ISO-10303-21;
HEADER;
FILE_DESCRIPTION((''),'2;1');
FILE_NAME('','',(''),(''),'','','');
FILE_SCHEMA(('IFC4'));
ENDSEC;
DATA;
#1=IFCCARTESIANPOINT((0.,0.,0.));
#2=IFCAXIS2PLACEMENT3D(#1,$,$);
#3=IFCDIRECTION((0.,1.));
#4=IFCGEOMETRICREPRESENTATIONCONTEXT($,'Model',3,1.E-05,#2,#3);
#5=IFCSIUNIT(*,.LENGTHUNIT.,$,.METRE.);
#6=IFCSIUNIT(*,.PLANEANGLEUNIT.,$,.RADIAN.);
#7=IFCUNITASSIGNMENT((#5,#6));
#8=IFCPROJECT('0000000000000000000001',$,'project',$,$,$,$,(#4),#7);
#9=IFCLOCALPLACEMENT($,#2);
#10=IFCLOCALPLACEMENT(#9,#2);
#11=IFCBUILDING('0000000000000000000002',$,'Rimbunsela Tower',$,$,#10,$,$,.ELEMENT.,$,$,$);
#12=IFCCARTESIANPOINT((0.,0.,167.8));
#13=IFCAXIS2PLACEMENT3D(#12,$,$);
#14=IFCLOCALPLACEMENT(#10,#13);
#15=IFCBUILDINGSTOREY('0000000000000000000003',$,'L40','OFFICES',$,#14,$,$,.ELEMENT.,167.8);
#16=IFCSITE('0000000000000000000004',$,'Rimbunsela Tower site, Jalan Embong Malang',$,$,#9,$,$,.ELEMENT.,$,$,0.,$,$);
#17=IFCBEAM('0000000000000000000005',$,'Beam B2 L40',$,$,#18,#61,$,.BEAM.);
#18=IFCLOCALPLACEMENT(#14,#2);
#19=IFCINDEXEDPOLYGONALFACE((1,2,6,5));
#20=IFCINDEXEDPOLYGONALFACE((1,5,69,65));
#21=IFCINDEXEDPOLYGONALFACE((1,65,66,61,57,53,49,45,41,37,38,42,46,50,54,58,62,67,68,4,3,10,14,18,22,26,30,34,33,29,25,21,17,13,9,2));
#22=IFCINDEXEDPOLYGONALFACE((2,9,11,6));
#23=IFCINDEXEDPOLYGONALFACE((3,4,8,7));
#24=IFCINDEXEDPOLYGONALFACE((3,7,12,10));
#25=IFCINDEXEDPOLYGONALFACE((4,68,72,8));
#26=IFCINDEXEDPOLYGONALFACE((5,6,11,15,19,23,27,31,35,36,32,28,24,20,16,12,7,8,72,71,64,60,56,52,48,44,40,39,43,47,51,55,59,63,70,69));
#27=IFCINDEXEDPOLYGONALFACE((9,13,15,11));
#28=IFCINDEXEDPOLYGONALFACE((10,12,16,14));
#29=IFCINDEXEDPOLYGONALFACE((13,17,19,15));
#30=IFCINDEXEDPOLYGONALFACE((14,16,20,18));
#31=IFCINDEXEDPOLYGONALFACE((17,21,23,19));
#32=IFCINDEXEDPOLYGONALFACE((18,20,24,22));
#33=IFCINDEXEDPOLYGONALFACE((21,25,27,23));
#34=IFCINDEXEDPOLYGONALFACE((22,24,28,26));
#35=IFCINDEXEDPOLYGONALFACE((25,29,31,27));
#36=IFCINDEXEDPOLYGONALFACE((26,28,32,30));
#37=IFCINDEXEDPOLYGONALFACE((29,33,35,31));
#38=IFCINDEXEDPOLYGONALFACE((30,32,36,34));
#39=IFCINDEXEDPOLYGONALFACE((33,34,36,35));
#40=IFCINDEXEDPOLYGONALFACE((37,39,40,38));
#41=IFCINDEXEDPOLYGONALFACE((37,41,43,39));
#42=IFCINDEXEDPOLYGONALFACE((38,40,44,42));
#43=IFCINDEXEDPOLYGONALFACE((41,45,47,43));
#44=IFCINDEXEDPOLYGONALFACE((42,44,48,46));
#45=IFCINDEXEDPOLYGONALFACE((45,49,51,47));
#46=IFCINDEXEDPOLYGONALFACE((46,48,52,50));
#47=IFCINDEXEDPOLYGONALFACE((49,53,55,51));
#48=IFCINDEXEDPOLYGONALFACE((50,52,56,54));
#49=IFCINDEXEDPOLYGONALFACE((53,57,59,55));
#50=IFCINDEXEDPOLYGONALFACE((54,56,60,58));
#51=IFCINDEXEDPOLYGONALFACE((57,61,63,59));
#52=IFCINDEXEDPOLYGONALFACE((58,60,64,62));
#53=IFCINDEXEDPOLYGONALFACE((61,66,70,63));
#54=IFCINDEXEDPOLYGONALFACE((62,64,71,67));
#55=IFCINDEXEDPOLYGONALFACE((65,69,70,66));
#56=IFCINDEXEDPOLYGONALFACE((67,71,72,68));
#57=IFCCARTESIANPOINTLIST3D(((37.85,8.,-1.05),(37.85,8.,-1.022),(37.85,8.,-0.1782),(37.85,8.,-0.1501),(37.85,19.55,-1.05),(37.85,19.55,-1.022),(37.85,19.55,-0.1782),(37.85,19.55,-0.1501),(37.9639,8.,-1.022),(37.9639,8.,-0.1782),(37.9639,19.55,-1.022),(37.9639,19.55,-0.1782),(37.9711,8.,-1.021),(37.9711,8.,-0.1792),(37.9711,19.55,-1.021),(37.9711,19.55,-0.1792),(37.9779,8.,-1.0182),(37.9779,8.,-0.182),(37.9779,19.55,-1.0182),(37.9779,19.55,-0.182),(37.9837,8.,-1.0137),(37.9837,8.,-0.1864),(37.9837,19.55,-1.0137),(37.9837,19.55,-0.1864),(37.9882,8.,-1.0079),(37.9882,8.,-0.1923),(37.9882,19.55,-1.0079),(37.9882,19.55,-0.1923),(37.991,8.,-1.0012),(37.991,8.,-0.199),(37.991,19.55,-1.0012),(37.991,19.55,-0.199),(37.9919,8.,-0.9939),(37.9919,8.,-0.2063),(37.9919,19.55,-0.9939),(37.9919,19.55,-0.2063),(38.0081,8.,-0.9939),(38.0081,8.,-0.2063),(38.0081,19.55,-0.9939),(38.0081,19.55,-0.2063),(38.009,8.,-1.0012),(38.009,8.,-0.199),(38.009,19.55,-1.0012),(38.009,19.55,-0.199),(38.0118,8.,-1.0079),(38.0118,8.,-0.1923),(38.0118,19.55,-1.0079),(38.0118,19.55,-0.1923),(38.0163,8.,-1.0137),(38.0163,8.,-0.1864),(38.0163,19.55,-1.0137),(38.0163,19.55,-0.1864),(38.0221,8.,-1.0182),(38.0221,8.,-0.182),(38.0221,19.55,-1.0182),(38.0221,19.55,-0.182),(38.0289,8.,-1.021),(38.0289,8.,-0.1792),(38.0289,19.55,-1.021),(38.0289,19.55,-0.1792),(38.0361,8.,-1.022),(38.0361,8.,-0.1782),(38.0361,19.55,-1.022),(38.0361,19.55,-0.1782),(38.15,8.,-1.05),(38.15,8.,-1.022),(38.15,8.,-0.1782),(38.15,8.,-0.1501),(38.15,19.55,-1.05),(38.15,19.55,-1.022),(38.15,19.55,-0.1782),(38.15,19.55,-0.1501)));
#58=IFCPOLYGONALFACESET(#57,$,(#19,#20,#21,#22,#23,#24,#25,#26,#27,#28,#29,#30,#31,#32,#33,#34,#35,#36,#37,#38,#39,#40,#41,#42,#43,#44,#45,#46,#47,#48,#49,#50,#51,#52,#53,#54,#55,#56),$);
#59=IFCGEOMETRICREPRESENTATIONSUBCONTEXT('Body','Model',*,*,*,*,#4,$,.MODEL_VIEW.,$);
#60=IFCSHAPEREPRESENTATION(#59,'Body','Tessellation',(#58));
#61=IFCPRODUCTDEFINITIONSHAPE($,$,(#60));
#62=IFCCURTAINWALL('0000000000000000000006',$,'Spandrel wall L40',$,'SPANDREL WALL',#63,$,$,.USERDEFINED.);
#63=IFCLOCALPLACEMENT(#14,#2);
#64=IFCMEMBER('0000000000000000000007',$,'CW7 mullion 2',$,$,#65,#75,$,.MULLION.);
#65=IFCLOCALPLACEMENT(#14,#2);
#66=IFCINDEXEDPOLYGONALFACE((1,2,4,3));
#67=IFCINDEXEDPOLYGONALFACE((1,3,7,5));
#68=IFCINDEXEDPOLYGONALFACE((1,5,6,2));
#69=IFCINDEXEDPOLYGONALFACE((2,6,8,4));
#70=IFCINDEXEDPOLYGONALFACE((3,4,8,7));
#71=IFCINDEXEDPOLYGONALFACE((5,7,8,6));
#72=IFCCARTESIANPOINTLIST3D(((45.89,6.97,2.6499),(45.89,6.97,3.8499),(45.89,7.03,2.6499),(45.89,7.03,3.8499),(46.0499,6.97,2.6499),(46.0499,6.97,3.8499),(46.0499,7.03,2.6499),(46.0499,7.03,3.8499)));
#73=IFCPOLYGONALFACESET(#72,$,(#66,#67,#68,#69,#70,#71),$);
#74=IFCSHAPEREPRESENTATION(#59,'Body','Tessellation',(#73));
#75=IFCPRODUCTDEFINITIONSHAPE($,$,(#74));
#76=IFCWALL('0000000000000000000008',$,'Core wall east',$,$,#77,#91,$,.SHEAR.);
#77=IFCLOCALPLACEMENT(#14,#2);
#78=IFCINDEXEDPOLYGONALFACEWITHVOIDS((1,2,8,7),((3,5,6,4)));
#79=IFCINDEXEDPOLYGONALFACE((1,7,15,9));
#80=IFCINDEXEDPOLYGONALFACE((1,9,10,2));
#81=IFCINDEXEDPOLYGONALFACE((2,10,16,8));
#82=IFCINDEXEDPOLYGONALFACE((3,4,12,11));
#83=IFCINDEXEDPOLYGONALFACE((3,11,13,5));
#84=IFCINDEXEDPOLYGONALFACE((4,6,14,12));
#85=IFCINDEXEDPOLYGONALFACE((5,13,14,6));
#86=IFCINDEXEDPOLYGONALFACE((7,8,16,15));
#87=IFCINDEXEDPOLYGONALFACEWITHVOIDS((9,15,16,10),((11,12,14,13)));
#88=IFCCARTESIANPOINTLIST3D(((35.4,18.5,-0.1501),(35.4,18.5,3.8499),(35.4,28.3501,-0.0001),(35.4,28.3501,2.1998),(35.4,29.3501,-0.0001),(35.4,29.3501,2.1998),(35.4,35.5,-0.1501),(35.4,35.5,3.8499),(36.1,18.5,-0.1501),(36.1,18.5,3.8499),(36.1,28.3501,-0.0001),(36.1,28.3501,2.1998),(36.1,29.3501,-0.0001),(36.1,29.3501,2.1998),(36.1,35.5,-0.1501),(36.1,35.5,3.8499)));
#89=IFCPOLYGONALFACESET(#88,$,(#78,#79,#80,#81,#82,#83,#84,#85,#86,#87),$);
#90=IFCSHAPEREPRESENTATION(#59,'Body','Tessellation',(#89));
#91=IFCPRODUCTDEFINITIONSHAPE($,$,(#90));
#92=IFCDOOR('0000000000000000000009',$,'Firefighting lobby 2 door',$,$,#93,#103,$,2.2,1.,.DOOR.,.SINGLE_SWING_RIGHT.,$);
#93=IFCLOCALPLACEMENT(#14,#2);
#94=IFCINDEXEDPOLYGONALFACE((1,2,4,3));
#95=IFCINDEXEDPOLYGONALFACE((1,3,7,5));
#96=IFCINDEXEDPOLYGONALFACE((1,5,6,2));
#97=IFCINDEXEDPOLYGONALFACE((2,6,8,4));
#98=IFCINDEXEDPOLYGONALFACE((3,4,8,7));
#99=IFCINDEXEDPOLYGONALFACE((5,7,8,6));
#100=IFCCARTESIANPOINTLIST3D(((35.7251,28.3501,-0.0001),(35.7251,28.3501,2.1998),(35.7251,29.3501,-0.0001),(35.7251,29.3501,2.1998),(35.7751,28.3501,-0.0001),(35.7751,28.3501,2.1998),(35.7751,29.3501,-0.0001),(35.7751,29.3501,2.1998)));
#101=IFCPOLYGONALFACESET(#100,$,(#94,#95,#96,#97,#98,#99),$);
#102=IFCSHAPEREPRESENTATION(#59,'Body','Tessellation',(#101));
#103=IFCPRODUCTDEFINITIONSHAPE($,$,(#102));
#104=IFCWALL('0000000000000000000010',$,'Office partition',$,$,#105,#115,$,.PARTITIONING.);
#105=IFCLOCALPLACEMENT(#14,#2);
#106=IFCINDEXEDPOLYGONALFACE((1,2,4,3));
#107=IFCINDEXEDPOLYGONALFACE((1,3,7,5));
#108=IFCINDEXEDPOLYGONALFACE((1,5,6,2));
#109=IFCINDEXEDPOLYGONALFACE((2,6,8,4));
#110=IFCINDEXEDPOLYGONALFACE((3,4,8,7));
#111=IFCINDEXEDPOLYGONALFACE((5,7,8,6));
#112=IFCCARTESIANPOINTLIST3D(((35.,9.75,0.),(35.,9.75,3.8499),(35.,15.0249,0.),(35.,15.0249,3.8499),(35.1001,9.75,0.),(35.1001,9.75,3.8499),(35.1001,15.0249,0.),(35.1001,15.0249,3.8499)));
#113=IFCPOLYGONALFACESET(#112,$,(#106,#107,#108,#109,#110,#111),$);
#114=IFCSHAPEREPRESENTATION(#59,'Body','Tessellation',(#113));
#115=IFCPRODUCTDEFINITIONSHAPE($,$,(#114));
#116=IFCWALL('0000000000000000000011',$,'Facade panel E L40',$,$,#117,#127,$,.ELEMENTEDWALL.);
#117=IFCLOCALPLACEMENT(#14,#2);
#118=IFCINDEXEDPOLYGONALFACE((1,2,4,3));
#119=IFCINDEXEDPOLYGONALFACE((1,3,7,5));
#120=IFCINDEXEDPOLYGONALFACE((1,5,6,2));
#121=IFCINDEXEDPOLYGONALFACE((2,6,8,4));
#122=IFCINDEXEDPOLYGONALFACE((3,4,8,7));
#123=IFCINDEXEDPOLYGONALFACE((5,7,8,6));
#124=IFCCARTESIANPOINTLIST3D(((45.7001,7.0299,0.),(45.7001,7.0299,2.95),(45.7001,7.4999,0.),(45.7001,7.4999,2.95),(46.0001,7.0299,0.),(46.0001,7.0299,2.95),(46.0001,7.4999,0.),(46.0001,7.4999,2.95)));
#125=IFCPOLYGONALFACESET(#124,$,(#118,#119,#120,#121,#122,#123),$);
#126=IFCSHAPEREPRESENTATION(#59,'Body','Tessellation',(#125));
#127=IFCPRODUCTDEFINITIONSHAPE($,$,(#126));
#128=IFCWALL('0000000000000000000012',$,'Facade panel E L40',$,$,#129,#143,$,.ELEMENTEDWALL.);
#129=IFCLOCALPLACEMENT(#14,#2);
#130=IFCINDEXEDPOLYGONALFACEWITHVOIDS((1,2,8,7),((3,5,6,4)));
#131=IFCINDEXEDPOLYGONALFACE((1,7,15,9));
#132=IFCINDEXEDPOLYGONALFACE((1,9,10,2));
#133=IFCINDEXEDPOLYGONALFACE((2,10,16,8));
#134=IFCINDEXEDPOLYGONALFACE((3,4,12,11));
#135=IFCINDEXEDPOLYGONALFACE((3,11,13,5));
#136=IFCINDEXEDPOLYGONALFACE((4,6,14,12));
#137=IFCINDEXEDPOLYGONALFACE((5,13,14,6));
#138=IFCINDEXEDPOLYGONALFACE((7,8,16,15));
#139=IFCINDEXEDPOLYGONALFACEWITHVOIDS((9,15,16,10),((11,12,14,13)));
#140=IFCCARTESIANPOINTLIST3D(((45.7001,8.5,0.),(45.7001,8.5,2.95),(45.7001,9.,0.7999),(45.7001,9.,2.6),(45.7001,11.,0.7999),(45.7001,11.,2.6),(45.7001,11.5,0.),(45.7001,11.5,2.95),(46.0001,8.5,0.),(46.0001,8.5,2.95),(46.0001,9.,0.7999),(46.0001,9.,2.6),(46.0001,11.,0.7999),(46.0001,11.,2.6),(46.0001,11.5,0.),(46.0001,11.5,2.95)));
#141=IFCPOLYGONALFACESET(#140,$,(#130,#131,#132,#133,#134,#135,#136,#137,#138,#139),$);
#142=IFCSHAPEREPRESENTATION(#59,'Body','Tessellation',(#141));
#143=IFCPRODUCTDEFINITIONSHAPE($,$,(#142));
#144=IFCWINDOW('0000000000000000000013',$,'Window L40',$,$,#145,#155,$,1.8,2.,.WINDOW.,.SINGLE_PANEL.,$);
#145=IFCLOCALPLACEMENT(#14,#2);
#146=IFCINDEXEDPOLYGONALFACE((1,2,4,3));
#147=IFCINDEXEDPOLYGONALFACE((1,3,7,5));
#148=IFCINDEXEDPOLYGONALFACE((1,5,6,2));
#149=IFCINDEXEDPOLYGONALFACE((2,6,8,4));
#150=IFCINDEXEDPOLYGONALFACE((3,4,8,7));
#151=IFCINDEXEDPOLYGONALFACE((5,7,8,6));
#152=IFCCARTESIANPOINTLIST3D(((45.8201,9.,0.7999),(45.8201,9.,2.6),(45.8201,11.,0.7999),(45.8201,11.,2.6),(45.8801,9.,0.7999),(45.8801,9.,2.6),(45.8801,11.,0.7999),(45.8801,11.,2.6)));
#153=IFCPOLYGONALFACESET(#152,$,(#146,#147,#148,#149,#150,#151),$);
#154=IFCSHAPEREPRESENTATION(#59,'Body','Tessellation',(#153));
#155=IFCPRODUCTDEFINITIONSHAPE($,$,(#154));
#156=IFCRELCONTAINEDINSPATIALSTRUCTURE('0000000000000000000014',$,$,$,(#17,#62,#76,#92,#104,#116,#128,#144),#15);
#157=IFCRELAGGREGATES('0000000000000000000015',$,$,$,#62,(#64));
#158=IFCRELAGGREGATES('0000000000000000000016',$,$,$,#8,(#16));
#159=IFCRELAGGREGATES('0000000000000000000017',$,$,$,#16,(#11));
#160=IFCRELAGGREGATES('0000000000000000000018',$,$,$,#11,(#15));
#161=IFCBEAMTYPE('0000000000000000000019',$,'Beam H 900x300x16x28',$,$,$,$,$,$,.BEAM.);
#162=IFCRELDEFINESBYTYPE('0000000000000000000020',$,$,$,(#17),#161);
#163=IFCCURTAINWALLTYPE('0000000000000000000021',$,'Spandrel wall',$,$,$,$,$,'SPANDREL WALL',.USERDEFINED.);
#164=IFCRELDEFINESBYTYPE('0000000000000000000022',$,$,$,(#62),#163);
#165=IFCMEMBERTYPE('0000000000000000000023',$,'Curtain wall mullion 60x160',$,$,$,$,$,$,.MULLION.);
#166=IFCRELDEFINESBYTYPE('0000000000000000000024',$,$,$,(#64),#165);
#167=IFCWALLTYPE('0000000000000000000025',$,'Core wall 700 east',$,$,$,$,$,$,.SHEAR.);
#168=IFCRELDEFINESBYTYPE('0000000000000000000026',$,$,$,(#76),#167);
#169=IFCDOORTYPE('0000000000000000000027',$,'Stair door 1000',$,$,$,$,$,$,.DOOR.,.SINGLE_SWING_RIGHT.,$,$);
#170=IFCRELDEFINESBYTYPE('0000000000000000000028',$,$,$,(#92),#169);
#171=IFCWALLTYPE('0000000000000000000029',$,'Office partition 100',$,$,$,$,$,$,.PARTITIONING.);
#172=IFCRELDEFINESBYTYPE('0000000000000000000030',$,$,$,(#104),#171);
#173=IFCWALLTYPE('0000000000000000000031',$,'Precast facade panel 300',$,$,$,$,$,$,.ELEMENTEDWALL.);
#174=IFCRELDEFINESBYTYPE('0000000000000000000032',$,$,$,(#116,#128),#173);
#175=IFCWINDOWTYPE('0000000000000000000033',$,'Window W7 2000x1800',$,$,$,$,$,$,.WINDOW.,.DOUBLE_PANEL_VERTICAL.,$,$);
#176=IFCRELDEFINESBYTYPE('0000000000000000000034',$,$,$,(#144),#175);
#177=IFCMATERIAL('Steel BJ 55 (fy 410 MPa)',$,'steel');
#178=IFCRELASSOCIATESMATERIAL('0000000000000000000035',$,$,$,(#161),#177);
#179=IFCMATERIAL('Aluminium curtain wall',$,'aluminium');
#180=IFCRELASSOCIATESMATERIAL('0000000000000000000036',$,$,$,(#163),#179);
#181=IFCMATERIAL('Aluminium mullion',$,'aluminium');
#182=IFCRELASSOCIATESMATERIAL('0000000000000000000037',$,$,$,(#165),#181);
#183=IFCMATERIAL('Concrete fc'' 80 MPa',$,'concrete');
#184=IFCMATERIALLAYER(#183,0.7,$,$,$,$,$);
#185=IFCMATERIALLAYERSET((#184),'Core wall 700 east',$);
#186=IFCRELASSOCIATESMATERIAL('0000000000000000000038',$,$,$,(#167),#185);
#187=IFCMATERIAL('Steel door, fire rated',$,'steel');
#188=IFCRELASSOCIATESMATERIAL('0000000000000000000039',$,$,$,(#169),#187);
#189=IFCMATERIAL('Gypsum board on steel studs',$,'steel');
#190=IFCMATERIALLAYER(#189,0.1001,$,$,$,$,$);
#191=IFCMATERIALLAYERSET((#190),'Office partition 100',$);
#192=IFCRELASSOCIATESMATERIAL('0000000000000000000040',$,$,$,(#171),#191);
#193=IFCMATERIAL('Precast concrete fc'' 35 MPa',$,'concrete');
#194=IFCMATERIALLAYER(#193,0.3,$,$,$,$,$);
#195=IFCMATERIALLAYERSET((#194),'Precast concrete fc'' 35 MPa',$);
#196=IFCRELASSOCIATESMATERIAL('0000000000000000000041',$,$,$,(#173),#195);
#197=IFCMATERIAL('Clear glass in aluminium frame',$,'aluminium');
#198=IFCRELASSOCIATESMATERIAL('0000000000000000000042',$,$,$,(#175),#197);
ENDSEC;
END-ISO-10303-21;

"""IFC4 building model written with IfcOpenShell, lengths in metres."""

from ifc_helpers import new_model, si_unit, direction, frame, frame_2d, origin, origin_2d, place, context, subcontext, project, spatial, rectangle, i_section, extrude, material, layer, layer_set, material_profile, profile_set, type_object, element, fill, aggregate, save


model = new_model("IFC4")

# Units and contexts
model_context = context("Model", 3, precision=1e-05, world=origin(), true_north=direction((0.0, 1.0)))
body_context = subcontext(model_context, "Body", "Model", "MODEL_VIEW")
ifc_project = project(units=[si_unit("LENGTHUNIT", "METRE"), si_unit("PLANEANGLEUNIT", "RADIAN")], contexts=[model_context])

# Site, building, storey
site_placement = place(None, origin())
site = spatial("IfcSite", under=ifc_project, at=site_placement, Name="Rimbunsela Tower site, Jalan Embong Malang", CompositionType="ELEMENT", RefElevation=0.0)
building_placement = place(site_placement, origin())
building = spatial("IfcBuilding", under=site, at=building_placement, Name="Rimbunsela Tower", CompositionType="ELEMENT")
storey_placement = place(building_placement, frame((0.0, 0.0, 167.8)))
storey = spatial("IfcBuildingStorey", under=building, at=storey_placement, Name="L40", Description="OFFICES", CompositionType="ELEMENT", Elevation=167.8)

# Beam
ifc_material_1 = material(Name="Steel BJ 55 (fy 410 MPa)", Category="steel")
ifc_material_profile_1 = material_profile(ifc_material_1, i_section(OverallWidth=0.3, OverallDepth=0.8999, WebThickness=0.0161, FlangeThickness=0.0281, FilletRadius=0.0281, at=origin_2d()), Name="H 900x300x16x28")
ifc_profile_set_1 = profile_set([ifc_material_profile_1], Name="Steel BJ 55 (fy 410 MPa)")
beam_type_1 = type_object("IfcBeamType", Name="Beam H 900x300x16x28", PredefinedType="BEAM", material=ifc_profile_set_1)
beam_1_placement = place(storey_placement, frame((38.0, 8.0, -0.6001), z_axis=(0.0, 1.0, 0.0), x_axis=(-1.0, 0.0, 0.0)))
element("IfcBeam", 1, at=beam_1_placement, inside=storey, type_object=beam_type_1, Name="Beam B2 L40", PredefinedType="BEAM", context=body_context, shape_type="SweptSolid", body=[
    extrude(i_section(OverallWidth=0.3, OverallDepth=0.8999, WebThickness=0.0161, FlangeThickness=0.0281, FilletRadius=0.0281, at=origin_2d()), origin(), (0.0, 0.0, 1.0), 11.55),
])

# Curtain wall, member
ifc_material_2 = material(Name="Aluminium curtain wall", Category="aluminium")
curtain_wall_type = type_object("IfcCurtainWallType", Name="Spandrel wall", ElementType="SPANDREL WALL", PredefinedType="USERDEFINED", material=ifc_material_2)
curtain_wall_placement = place(storey_placement, origin())
curtain_wall = element("IfcCurtainWall", 2, at=curtain_wall_placement, inside=storey, type_object=curtain_wall_type, Name="Spandrel wall L40", ObjectType="SPANDREL WALL", PredefinedType="USERDEFINED")
ifc_material_3 = material(Name="Aluminium mullion", Category="aluminium")
ifc_material_profile_2 = material_profile(ifc_material_3, rectangle(XDim=0.0601, YDim=0.1599, at=origin_2d()), Name="Mullion 60x160")
ifc_profile_set_2 = profile_set([ifc_material_profile_2], Name="Aluminium mullion")
member_type = type_object("IfcMemberType", Name="Curtain wall mullion 60x160", PredefinedType="MULLION", material=ifc_profile_set_2)
member_placement = place(storey_placement, frame((45.97, 7.0, 2.6499), z_axis=(0.0, 0.0, 1.0), x_axis=(0.0, 1.0, 0.0)))
member = element("IfcMember", 3, at=member_placement, type_object=member_type, Name="CW7 mullion 2", PredefinedType="MULLION", context=body_context, shape_type="SweptSolid", body=[
    extrude(rectangle(XDim=0.0601, YDim=0.1599, at=origin_2d()), origin(), (0.0, 0.0, 1.0), 1.2),
])
aggregate(curtain_wall, [member])

# Wall, opening, door
ifc_material_4 = material(Name="Concrete fc' 80 MPa", Category="concrete")
ifc_layer_1 = layer(ifc_material_4, 0.7)
ifc_layer_set_1 = layer_set([ifc_layer_1], Name="Core wall 700 east")
wall_type_1 = type_object("IfcWallType", Name="Core wall 700 east", PredefinedType="SHEAR", material=ifc_layer_set_1)
wall_1_placement = place(storey_placement, frame((35.75, 18.5, -0.1501), z_axis=(0.0, 0.0, 1.0), x_axis=(0.0, 1.0, 0.0)))
wall_1 = element("IfcWall", 4, at=wall_1_placement, inside=storey, type_object=wall_type_1, Name="Core wall east", PredefinedType="SHEAR", context=body_context, shape_type="SweptSolid", body=[
    extrude(rectangle(XDim=17.0, YDim=0.7, at=frame_2d((8.5, 0.0))), origin(), (0.0, 0.0, 1.0), 4.0),
])
opening_1_placement = place(wall_1_placement, frame((9.8501, 0.0, 0.1499)))
opening_1 = element("IfcOpeningElement", 5, at=opening_1_placement, cuts=wall_1, PredefinedType="OPENING", context=body_context, shape_type="SweptSolid", body=[
    extrude(rectangle(XDim=1.0, YDim=2.2, at=frame_2d((0.5, 1.1001))), frame((0.0, 0.3599, 0.0), z_axis=(0.0, -1.0, 0.0), x_axis=(1.0, 0.0, 0.0)), (0.0, 0.0, 1.0), 0.72),
])
ifc_material_5 = material(Name="Steel door, fire rated", Category="steel")
door_type_1 = type_object("IfcDoorType", Name="Stair door 1000", OperationType="SINGLE_SWING_RIGHT", PredefinedType="DOOR", material=ifc_material_5)
door_1_placement = place(opening_1_placement, origin())
door_1 = element("IfcDoor", 6, at=door_1_placement, inside=storey, type_object=door_type_1, Name="Firefighting lobby 2 door", OperationType="SINGLE_SWING_RIGHT", OverallHeight=2.2, OverallWidth=1.0, PredefinedType="DOOR", context=body_context, shape_type="SweptSolid", body=[
    extrude(rectangle(XDim=1.0, YDim=2.2, at=frame_2d((0.5, 1.1001))), frame((0.0, 0.0249, 0.0), z_axis=(0.0, -1.0, 0.0), x_axis=(1.0, 0.0, 0.0)), (0.0, 0.0, 1.0), 0.05),
])
fill(opening_1, door_1)

# Walls
ifc_material_6 = material(Name="Gypsum board on steel studs", Category="steel")
ifc_layer_2 = layer(ifc_material_6, 0.1001)
ifc_layer_set_2 = layer_set([ifc_layer_2], Name="Office partition 100")
wall_type_2 = type_object("IfcWallType", Name="Office partition 100", PredefinedType="PARTITIONING", material=ifc_layer_set_2)
wall_2_placement = place(storey_placement, frame((35.05, 9.75, 0.0), z_axis=(0.0, 0.0, 1.0), x_axis=(0.0, 1.0, 0.0)))
element("IfcWall", 7, at=wall_2_placement, inside=storey, type_object=wall_type_2, Name="Office partition", PredefinedType="PARTITIONING", context=body_context, shape_type="SweptSolid", body=[
    extrude(rectangle(XDim=5.2749, YDim=0.1001, at=frame_2d((2.6375, 0.0))), origin(), (0.0, 0.0, 1.0), 3.8499),
])
ifc_material_7 = material(Name="Precast concrete fc' 35 MPa", Category="concrete")
ifc_layer_3 = layer(ifc_material_7, 0.3)
ifc_layer_set_3 = layer_set([ifc_layer_3], Name="Precast concrete fc' 35 MPa")
wall_type_3 = type_object("IfcWallType", Name="Precast facade panel 300", PredefinedType="ELEMENTEDWALL", material=ifc_layer_set_3)
wall_3_placement = place(storey_placement, frame((45.8501, 7.03, 0.0), z_axis=(0.0, 0.0, 1.0), x_axis=(0.0, 1.0, 0.0)))
element("IfcWall", 8, at=wall_3_placement, inside=storey, type_object=wall_type_3, Name="Facade panel E L40", PredefinedType="ELEMENTEDWALL", context=body_context, shape_type="SweptSolid", body=[
    extrude(rectangle(XDim=0.47, YDim=0.3, at=frame_2d((0.2349, 0.0))), origin(), (0.0, 0.0, 1.0), 2.95),
])

# Wall, opening, window
wall_4_placement = place(storey_placement, frame((45.8501, 8.5, 0.0), z_axis=(0.0, 0.0, 1.0), x_axis=(0.0, 1.0, 0.0)))
wall_4 = element("IfcWall", 9, at=wall_4_placement, inside=storey, type_object=wall_type_3, Name="Facade panel E L40", PredefinedType="ELEMENTEDWALL", context=body_context, shape_type="SweptSolid", body=[
    extrude(rectangle(XDim=3.0, YDim=0.3, at=frame_2d((1.5, 0.0))), origin(), (0.0, 0.0, 1.0), 2.95),
])
opening_2_placement = place(wall_4_placement, frame((0.5, 0.0, 0.8)))
opening_2 = element("IfcOpeningElement", 10, at=opening_2_placement, cuts=wall_4, PredefinedType="OPENING", context=body_context, shape_type="SweptSolid", body=[
    extrude(rectangle(XDim=2.0, YDim=1.8, at=frame_2d((1.0, 0.8999))), frame((0.0, 0.1599, 0.0), z_axis=(0.0, -1.0, 0.0), x_axis=(1.0, 0.0, 0.0)), (0.0, 0.0, 1.0), 0.3201),
])
ifc_material_8 = material(Name="Clear glass in aluminium frame", Category="aluminium")
window_type = type_object("IfcWindowType", Name="Window W7 2000x1800", PartitioningType="DOUBLE_PANEL_VERTICAL", PredefinedType="WINDOW", material=ifc_material_8)
window_1_placement = place(opening_2_placement, origin())
window_1 = element("IfcWindow", 11, at=window_1_placement, inside=storey, type_object=window_type, Name="Window L40", OverallHeight=1.8, OverallWidth=2.0, PartitioningType="SINGLE_PANEL", PredefinedType="WINDOW", context=body_context, shape_type="SweptSolid", body=[
    extrude(rectangle(XDim=2.0, YDim=1.8, at=frame_2d((1.0, 0.8999))), frame((0.0, 0.03, 0.0), z_axis=(0.0, -1.0, 0.0), x_axis=(1.0, 0.0, 0.0)), (0.0, 0.0, 1.0), 0.0601),
])
fill(opening_2, window_1)

save(model, "model.ifc")
